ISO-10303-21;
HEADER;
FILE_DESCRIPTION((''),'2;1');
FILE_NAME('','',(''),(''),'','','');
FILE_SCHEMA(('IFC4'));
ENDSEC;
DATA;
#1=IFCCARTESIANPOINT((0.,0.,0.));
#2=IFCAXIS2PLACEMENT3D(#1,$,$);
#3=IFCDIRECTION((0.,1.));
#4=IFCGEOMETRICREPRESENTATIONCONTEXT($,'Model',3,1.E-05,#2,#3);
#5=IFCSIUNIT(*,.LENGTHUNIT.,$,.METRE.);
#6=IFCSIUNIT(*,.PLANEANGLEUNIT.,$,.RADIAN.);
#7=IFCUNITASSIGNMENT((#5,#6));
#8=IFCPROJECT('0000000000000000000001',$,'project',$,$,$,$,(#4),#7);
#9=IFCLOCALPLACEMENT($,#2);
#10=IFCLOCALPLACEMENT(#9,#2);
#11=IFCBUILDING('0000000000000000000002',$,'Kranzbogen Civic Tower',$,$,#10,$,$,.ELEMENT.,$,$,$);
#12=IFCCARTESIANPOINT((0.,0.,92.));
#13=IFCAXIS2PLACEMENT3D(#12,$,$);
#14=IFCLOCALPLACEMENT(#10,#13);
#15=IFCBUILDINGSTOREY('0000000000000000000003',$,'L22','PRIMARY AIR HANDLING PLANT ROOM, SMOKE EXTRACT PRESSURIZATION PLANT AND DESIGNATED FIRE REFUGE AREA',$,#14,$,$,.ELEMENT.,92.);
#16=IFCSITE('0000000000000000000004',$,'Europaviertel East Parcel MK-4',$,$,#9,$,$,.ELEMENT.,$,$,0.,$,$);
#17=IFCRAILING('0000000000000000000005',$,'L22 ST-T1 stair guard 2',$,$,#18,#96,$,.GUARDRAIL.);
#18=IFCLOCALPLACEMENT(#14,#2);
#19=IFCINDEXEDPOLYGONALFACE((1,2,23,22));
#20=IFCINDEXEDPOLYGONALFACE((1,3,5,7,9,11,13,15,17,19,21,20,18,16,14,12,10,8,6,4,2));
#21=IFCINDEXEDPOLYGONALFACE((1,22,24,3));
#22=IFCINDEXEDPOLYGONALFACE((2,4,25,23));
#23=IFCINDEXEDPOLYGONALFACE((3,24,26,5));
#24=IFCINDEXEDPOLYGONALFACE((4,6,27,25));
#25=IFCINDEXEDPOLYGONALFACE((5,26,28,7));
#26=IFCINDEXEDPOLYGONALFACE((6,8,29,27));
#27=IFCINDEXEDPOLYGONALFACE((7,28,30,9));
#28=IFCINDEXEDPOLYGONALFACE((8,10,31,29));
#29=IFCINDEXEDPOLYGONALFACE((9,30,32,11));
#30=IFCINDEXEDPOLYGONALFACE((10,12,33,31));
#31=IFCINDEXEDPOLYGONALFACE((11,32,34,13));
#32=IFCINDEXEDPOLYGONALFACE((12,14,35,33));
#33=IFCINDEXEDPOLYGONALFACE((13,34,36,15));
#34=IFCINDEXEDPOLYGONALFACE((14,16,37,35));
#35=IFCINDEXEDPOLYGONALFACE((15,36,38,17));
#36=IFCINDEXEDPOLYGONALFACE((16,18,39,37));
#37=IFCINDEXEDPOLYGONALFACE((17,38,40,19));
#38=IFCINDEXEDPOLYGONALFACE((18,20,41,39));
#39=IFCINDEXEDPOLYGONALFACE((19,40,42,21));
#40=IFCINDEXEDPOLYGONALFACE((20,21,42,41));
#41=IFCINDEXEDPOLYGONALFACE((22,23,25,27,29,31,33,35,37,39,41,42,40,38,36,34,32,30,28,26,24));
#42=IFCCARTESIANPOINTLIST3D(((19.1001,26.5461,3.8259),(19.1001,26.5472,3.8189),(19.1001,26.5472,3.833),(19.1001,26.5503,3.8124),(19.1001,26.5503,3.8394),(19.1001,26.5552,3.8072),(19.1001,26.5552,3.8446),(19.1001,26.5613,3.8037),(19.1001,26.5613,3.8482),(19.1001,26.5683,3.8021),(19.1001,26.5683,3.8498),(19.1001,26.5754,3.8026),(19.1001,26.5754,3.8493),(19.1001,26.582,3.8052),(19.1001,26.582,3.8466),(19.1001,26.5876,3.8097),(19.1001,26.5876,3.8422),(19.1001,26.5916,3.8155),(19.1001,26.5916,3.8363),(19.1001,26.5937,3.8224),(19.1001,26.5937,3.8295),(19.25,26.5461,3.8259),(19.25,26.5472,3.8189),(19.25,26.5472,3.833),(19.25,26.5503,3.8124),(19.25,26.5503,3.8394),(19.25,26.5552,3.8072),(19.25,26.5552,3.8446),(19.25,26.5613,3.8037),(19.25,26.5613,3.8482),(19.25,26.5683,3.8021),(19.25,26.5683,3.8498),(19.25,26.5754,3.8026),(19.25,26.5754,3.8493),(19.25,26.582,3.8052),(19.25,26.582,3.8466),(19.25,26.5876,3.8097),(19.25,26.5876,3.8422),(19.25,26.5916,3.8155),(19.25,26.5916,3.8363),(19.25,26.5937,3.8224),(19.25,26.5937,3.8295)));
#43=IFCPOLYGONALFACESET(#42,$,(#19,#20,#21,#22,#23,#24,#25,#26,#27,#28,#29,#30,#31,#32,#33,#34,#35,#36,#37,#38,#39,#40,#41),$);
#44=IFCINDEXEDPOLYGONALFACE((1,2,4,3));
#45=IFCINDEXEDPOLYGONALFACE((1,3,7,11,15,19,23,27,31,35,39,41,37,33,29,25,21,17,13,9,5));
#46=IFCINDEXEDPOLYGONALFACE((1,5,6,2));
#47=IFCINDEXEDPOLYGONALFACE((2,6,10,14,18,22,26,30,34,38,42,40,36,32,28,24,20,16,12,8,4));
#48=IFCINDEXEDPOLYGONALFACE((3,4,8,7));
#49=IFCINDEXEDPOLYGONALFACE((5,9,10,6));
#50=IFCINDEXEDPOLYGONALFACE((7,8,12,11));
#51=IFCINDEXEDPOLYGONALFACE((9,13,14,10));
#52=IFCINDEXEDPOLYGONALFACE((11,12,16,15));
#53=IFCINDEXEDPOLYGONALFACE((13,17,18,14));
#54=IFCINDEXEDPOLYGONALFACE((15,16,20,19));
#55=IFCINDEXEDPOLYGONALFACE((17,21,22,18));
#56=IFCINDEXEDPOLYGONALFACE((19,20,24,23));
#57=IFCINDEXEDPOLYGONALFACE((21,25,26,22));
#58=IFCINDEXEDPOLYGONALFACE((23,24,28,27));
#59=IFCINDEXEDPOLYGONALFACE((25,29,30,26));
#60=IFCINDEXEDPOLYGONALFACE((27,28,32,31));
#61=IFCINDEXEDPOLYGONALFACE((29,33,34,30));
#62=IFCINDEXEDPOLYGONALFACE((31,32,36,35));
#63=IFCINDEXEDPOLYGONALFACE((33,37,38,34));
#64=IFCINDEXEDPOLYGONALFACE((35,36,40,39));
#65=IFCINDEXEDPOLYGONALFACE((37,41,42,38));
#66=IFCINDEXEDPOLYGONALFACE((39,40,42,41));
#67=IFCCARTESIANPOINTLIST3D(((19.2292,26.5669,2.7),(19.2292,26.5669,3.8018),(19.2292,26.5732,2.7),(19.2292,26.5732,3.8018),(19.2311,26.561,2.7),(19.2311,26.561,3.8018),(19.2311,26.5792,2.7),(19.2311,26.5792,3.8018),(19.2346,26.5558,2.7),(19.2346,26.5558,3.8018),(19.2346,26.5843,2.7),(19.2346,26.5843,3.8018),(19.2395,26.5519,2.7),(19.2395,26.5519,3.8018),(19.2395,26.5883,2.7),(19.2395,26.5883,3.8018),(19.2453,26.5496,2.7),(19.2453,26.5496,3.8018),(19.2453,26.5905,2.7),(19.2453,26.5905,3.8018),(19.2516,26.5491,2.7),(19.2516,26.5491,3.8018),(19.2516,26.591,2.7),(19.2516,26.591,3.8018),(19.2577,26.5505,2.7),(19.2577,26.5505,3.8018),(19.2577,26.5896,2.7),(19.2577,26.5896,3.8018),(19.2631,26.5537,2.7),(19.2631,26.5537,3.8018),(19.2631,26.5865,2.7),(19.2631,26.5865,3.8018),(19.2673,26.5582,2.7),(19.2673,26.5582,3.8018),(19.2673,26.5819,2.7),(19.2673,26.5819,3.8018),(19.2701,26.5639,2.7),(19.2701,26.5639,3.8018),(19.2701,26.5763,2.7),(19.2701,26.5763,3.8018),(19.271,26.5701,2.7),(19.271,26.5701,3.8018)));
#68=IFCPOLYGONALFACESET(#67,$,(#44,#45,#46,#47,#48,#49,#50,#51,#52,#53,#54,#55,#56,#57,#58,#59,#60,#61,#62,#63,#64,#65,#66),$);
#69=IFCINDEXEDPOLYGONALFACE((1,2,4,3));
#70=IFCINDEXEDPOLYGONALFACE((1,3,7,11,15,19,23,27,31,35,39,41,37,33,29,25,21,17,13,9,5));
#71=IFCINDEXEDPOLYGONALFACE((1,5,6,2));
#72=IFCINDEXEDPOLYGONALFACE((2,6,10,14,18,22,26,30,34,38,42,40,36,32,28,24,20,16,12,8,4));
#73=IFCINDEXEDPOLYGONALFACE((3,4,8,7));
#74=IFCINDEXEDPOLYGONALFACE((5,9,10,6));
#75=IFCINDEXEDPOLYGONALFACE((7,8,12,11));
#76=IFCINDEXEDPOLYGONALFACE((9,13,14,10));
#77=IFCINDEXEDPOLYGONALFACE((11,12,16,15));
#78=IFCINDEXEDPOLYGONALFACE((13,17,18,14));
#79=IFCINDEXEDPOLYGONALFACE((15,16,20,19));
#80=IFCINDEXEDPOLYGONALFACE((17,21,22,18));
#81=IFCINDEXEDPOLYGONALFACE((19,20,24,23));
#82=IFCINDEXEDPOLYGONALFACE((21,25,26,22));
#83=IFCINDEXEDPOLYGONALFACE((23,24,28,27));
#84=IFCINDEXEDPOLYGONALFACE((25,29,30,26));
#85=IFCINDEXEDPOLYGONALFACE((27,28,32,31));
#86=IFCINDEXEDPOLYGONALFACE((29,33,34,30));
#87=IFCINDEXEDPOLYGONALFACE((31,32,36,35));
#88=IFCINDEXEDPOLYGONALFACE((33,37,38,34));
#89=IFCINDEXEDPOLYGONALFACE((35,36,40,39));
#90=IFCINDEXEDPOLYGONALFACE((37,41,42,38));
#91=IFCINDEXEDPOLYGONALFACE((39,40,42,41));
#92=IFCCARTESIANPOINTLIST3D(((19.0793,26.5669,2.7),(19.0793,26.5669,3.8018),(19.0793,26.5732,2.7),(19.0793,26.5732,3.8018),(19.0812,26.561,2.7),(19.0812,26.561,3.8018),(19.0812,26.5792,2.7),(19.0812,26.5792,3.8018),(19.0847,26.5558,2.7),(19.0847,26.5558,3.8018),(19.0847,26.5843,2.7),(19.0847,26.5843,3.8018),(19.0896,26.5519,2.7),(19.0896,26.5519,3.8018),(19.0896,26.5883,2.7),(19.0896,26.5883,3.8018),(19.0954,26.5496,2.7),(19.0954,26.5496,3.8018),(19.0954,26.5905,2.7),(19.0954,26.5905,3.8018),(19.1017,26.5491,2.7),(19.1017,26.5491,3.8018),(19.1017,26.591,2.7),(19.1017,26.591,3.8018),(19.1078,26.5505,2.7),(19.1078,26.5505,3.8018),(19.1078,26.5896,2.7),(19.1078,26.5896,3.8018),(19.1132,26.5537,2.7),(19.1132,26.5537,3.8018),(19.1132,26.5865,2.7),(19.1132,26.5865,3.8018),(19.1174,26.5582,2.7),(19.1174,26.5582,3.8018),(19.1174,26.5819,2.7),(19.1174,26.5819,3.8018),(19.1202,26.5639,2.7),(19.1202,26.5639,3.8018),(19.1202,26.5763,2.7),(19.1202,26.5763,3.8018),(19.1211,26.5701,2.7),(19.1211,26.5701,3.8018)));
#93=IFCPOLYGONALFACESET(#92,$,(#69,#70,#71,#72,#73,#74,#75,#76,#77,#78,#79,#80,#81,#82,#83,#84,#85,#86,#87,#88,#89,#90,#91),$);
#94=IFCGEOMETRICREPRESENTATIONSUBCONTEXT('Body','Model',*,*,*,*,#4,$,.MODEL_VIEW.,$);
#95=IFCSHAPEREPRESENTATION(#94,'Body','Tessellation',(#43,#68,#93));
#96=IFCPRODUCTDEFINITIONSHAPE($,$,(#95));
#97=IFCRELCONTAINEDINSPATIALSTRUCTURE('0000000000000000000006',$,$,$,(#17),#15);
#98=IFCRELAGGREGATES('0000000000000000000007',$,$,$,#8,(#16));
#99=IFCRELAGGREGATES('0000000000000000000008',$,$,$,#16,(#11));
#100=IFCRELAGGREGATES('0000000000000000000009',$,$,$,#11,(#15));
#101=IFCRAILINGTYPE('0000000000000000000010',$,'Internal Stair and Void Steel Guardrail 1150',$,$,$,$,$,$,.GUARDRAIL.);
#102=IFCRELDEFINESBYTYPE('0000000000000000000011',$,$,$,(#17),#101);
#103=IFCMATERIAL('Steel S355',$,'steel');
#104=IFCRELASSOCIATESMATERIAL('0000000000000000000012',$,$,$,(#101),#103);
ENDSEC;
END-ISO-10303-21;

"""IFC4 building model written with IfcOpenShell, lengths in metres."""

from ifc_helpers import new_model, si_unit, direction, frame, origin, origin_2d, place, context, subcontext, project, spatial, circle, extrude, material, type_object, element, save


model = new_model("IFC4")

# Units and contexts
model_context = context("Model", 3, precision=1e-05, world=origin(), true_north=direction((0.0, 1.0)))
body_context = subcontext(model_context, "Body", "Model", "MODEL_VIEW")
ifc_project = project(units=[si_unit("LENGTHUNIT", "METRE"), si_unit("PLANEANGLEUNIT", "RADIAN")], contexts=[model_context])

# Site, building, storey
site_placement = place(None, origin())
site = spatial("IfcSite", under=ifc_project, at=site_placement, Name="Europaviertel East Parcel MK-4", CompositionType="ELEMENT", RefElevation=0.0)
building_placement = place(site_placement, origin())
building = spatial("IfcBuilding", under=site, at=building_placement, Name="Kranzbogen Civic Tower", CompositionType="ELEMENT")
storey_placement = place(building_placement, frame((0.0, 0.0, 92.0)))
storey = spatial("IfcBuildingStorey", under=building, at=storey_placement, Name="L22", Description="PRIMARY AIR HANDLING PLANT ROOM, SMOKE EXTRACT PRESSURIZATION PLANT AND DESIGNATED FIRE REFUGE AREA", CompositionType="ELEMENT", Elevation=92.0)

# Shared definitions
ifc_material_1 = material(Name="Steel S355", Category="steel")

# Railing
railing_type_1 = type_object("IfcRailingType", Name="Internal Stair and Void Steel Guardrail 1150", PredefinedType="GUARDRAIL", material=ifc_material_1)
railing_1_placement = place(storey_placement, frame((19.25, 26.5701, 2.7)))
element("IfcRailing", 1, at=railing_1_placement, inside=storey, type_object=railing_type_1, Name="L22 ST-T1 stair guard 2", PredefinedType="GUARDRAIL", context=body_context, shape_type="SweptSolid", body=[
    extrude(circle(Radius=0.0239, at=origin_2d()), frame((0.0, 0.0, 1.126), z_axis=(-1.0, 0.0, 0.0), x_axis=(0.0, -1.0, 0.0)), (0.0, 0.0, 1.0), 0.1499),
    extrude(circle(Radius=0.021, at=origin_2d()), origin(), (0.0, 0.0, 1.0), 1.1018),
    extrude(circle(Radius=0.021, at=origin_2d()), frame((-0.1499, 0.0, 0.0)), (0.0, 0.0, 1.0), 1.1018),
])

save(model, "model.ifc")
